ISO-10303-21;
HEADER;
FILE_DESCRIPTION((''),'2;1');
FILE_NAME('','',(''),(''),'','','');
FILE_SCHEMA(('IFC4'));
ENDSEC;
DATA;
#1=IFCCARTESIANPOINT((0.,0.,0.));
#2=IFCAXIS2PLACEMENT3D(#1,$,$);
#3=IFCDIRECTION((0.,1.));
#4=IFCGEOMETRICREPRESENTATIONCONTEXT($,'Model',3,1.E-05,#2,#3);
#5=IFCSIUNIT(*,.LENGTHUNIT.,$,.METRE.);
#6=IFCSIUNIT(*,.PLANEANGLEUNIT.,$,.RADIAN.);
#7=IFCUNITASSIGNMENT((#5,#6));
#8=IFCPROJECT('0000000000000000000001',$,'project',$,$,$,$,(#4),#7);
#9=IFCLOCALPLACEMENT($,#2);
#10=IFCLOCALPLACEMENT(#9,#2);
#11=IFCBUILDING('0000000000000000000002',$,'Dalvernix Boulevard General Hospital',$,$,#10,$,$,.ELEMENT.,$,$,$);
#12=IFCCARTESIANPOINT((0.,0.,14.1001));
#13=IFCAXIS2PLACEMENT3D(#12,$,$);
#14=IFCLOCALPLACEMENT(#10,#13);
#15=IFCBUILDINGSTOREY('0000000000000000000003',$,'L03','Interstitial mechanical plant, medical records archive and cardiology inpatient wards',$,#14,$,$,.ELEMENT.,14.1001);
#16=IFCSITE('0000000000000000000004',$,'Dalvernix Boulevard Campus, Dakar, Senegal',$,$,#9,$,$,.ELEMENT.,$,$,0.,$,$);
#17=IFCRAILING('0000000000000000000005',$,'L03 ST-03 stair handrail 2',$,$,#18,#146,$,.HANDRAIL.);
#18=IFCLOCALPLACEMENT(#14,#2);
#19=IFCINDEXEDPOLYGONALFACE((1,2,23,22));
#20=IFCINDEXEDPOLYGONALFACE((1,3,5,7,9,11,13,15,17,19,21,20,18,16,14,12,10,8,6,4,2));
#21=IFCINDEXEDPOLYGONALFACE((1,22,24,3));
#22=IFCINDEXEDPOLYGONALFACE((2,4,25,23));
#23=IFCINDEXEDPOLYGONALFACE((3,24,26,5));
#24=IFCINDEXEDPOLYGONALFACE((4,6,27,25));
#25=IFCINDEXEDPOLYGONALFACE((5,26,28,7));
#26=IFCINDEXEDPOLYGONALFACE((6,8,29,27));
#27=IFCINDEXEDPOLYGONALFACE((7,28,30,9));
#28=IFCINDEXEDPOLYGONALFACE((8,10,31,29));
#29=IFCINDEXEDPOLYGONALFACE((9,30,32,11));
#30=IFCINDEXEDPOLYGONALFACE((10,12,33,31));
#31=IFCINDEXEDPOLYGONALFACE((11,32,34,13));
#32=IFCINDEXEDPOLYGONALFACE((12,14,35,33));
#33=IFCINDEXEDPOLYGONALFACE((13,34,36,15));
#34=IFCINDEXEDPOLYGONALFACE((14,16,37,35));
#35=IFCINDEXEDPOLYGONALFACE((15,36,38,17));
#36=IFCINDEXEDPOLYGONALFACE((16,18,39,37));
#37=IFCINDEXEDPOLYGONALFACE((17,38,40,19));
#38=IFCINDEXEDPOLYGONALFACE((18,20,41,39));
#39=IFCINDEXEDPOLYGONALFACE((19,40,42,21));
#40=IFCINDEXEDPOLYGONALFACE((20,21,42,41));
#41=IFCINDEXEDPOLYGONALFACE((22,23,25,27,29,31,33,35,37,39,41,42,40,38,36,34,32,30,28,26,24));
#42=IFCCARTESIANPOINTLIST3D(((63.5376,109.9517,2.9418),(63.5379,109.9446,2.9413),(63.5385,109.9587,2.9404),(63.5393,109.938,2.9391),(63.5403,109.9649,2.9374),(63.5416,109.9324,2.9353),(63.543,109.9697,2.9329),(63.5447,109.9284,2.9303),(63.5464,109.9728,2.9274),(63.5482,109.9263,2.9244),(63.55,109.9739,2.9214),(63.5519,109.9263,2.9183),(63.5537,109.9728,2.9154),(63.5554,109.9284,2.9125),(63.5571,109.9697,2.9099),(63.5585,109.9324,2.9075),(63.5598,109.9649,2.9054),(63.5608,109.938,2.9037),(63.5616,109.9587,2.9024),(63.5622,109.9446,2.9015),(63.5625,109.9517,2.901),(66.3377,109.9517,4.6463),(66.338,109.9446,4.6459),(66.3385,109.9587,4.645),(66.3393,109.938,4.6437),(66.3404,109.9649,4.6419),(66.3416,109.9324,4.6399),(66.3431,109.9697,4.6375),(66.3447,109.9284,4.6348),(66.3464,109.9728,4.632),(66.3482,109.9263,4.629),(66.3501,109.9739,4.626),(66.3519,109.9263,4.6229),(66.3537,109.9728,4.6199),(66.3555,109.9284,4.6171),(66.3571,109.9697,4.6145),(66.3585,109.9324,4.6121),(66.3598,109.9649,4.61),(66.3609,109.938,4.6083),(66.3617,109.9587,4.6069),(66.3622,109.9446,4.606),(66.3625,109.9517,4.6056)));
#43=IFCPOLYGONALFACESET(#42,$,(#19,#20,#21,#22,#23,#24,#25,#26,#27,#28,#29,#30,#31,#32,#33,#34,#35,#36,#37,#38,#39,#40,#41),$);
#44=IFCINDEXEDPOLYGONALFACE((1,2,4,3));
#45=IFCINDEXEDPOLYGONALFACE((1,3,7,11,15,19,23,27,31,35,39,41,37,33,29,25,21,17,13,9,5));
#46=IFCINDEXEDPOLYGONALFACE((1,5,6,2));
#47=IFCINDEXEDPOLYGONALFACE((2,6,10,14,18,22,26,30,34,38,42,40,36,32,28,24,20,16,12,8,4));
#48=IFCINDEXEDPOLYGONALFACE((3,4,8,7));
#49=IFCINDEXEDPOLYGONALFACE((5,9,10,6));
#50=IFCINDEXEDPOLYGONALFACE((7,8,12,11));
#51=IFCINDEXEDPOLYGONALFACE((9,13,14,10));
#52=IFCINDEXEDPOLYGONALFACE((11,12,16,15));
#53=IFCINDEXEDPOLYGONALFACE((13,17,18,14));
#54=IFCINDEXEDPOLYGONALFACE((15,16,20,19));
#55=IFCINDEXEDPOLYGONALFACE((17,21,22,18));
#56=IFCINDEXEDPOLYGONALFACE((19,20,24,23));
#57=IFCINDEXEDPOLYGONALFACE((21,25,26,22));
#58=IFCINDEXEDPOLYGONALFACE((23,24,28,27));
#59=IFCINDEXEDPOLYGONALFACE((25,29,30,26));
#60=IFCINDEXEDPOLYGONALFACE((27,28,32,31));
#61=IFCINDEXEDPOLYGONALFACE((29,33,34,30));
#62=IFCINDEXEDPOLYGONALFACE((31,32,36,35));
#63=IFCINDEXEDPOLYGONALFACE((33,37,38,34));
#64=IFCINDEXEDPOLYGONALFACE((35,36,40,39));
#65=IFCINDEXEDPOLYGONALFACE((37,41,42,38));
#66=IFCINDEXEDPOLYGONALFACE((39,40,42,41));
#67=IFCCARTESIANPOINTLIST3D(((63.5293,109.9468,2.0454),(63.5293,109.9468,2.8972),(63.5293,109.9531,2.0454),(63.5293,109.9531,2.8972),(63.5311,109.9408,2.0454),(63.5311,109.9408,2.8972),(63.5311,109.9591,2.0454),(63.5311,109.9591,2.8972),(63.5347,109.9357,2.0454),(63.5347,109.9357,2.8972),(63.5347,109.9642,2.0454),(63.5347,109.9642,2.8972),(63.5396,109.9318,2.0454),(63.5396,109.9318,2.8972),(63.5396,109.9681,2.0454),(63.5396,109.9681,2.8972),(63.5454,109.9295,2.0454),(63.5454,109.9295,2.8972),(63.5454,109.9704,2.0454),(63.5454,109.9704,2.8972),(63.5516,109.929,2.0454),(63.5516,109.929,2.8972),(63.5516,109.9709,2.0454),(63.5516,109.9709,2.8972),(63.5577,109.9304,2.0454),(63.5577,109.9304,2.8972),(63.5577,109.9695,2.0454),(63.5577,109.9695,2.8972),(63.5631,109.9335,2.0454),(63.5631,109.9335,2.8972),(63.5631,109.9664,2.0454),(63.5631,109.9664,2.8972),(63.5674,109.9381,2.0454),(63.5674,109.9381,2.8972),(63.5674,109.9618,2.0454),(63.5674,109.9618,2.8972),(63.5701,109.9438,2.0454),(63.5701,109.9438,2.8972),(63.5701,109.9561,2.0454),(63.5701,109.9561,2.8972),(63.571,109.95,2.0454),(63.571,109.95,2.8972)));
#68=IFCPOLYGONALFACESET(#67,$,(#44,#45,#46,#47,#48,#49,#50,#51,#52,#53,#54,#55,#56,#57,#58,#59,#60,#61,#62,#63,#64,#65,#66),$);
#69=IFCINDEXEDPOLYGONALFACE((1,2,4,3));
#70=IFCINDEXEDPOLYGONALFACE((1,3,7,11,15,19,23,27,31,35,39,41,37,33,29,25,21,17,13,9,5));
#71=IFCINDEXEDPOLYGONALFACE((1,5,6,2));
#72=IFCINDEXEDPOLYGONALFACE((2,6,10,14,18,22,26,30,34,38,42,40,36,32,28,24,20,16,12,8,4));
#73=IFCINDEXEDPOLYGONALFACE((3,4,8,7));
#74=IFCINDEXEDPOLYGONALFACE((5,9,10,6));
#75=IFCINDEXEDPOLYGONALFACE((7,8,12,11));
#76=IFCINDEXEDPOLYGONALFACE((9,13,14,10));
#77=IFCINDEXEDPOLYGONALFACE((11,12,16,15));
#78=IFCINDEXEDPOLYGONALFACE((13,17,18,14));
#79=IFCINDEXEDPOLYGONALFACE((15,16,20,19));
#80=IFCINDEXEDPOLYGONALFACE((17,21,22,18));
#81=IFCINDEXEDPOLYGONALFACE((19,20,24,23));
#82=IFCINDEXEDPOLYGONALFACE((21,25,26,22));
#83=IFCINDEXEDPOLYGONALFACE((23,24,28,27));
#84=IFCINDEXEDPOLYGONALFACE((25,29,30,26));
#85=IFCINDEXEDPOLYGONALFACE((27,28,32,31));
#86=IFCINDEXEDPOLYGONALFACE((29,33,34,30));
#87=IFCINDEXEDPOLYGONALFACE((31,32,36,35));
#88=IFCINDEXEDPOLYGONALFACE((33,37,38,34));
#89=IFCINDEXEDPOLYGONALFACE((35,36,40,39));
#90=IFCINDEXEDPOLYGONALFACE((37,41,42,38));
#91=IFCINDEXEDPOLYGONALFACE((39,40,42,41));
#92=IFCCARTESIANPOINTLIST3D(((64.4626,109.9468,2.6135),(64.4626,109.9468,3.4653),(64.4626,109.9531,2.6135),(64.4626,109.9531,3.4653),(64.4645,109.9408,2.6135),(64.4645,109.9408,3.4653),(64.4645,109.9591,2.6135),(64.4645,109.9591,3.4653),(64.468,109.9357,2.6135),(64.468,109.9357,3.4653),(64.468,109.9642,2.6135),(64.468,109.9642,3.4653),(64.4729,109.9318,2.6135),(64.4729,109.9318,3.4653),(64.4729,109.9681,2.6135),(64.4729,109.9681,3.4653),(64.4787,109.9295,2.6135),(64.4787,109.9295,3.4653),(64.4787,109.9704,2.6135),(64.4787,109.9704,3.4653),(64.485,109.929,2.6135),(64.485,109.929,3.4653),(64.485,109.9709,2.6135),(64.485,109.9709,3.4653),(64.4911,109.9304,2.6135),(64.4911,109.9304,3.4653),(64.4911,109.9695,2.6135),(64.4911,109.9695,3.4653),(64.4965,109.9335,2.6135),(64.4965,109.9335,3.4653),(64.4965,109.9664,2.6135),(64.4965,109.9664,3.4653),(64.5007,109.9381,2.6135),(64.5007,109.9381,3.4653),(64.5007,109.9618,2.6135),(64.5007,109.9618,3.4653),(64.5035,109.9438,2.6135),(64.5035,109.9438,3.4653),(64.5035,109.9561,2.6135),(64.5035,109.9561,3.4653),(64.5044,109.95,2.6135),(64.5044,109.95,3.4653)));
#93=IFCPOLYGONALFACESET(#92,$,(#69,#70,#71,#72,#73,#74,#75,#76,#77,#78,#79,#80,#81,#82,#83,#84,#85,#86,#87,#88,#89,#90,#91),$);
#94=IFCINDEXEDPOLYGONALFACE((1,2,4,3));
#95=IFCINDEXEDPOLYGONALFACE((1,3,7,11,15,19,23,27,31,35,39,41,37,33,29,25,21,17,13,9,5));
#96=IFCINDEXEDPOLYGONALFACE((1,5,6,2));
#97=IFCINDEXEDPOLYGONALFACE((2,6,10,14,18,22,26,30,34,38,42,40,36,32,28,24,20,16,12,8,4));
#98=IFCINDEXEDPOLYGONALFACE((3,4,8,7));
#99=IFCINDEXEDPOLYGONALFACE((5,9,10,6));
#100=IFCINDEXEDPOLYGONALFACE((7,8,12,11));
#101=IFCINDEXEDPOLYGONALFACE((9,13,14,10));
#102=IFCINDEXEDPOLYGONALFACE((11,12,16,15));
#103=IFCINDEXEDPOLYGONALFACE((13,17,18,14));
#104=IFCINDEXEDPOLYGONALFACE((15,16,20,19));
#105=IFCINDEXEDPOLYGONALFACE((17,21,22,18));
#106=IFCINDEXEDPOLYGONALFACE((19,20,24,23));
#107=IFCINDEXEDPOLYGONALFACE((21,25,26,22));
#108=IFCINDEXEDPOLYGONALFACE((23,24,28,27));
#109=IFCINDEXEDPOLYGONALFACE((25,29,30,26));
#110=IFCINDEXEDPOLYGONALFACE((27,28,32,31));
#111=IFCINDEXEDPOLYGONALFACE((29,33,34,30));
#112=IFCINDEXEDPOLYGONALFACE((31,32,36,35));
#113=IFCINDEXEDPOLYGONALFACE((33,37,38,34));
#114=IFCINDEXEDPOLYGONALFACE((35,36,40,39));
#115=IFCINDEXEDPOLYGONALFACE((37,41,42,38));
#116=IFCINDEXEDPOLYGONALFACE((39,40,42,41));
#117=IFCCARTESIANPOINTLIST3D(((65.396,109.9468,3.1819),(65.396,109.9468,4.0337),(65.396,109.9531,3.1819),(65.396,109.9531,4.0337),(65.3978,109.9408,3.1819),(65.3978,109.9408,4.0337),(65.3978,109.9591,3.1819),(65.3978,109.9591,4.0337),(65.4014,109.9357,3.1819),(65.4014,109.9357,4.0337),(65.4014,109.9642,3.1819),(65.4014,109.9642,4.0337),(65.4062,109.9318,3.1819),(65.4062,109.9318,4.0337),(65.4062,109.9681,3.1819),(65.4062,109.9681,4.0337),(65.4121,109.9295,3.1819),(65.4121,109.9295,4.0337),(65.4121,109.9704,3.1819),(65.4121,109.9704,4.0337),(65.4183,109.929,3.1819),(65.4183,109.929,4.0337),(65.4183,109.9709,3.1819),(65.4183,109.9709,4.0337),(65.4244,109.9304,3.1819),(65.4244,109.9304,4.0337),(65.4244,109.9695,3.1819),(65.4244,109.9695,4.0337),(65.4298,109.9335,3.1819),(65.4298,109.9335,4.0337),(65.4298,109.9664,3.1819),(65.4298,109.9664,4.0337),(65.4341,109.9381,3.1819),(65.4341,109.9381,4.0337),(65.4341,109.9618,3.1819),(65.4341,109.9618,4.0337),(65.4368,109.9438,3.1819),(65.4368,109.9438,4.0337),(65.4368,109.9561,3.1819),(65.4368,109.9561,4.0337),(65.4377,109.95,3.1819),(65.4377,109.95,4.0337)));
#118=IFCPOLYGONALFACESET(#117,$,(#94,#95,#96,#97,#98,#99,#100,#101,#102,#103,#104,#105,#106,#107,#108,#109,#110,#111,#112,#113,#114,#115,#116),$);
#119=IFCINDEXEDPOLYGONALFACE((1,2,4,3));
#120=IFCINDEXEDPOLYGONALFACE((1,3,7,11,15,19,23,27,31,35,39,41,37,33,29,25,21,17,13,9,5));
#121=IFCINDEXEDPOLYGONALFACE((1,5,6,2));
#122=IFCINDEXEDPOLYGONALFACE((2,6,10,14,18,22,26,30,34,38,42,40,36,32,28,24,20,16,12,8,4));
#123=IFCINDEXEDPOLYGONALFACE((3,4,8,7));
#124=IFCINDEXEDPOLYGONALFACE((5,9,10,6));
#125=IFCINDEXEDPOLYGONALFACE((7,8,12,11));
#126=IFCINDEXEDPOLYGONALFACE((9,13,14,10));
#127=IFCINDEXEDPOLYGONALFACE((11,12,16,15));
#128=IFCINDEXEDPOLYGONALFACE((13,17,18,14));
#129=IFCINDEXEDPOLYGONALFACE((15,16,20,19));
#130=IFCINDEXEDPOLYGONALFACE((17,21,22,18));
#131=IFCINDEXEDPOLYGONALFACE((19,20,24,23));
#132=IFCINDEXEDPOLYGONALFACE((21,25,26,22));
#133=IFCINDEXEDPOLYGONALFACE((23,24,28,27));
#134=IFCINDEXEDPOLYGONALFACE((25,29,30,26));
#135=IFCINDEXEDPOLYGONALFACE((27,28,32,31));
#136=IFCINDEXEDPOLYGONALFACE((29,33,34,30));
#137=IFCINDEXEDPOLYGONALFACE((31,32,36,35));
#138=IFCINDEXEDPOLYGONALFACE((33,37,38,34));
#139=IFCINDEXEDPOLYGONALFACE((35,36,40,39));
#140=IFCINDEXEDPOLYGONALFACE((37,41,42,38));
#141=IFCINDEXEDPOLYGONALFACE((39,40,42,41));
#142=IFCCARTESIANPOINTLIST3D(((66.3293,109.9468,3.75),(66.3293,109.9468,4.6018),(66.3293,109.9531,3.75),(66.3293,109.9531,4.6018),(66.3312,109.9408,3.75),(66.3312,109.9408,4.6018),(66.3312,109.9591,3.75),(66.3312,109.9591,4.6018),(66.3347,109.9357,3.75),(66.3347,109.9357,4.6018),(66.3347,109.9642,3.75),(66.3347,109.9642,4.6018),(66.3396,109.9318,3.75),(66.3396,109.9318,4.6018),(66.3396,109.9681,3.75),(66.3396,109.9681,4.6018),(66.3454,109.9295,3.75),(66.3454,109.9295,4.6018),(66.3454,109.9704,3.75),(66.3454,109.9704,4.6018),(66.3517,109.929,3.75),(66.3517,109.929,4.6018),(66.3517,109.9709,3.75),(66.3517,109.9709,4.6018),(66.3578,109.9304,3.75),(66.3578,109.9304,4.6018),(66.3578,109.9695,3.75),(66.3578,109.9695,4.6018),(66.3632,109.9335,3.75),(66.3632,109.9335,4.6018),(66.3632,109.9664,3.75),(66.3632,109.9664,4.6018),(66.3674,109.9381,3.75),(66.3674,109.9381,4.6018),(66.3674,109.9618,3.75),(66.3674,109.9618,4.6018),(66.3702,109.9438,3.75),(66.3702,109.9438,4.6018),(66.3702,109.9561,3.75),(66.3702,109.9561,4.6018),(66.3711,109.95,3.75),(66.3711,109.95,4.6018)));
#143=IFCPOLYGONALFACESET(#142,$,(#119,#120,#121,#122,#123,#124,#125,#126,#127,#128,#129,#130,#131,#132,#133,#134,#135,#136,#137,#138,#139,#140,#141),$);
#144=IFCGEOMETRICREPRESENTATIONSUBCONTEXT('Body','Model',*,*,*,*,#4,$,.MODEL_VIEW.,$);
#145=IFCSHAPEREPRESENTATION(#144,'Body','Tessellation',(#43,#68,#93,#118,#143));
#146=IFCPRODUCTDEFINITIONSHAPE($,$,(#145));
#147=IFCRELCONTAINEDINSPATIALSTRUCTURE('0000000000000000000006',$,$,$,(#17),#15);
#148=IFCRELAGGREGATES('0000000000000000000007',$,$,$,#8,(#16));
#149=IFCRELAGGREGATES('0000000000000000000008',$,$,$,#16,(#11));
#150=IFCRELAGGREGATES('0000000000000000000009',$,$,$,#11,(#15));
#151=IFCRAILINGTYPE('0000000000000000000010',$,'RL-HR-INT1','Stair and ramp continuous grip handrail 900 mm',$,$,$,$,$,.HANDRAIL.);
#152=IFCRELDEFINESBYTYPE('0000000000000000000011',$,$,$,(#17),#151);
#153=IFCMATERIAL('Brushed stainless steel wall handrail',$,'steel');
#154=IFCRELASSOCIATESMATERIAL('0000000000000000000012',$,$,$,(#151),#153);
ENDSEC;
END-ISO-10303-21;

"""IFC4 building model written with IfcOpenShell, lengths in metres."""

from ifc_helpers import new_model, si_unit, direction, frame, origin, origin_2d, place, context, subcontext, project, spatial, circle, extrude, material, type_object, element, save


model = new_model("IFC4")

# Units and contexts
model_context = context("Model", 3, precision=1e-05, world=origin(), true_north=direction((0.0, 1.0)))
body_context = subcontext(model_context, "Body", "Model", "MODEL_VIEW")
ifc_project = project(units=[si_unit("LENGTHUNIT", "METRE"), si_unit("PLANEANGLEUNIT", "RADIAN")], contexts=[model_context])

# Site, building, storey
site_placement = place(None, origin())
site = spatial("IfcSite", under=ifc_project, at=site_placement, Name="Dalvernix Boulevard Campus, Dakar, Senegal", CompositionType="ELEMENT", RefElevation=0.0)
building_placement = place(site_placement, origin())
building = spatial("IfcBuilding", under=site, at=building_placement, Name="Dalvernix Boulevard General Hospital", CompositionType="ELEMENT")
storey_placement = place(building_placement, frame((0.0, 0.0, 14.1001)))
storey = spatial("IfcBuildingStorey", under=building, at=storey_placement, Name="L03", Description="Interstitial mechanical plant, medical records archive and cardiology inpatient wards", CompositionType="ELEMENT", Elevation=14.1001)

# Railing
ifc_material_1 = material(Name="Brushed stainless steel wall handrail", Category="steel")
railing_type_1 = type_object("IfcRailingType", Name="RL-HR-INT1", Description="Stair and ramp continuous grip handrail 900 mm", PredefinedType="HANDRAIL", material=ifc_material_1)
railing_1_placement = place(storey_placement, frame((63.55, 109.95, 2.0454)))
element("IfcRailing", 1, at=railing_1_placement, inside=storey, type_object=railing_type_1, Name="L03 ST-03 stair handrail 2", PredefinedType="HANDRAIL", context=body_context, shape_type="SweptSolid", body=[
    extrude(circle(Radius=0.0239, at=origin_2d()), frame((0.0, 0.0, 0.876), z_axis=(0.85417, 0.0, 0.519994), x_axis=(0.0, 1.0, 0.0)), (0.0, 0.0, 1.0), 3.2781),
    extrude(circle(Radius=0.021, at=origin_2d()), origin(), (0.0, 0.0, 1.0), 0.8518),
    extrude(circle(Radius=0.021, at=origin_2d()), frame((0.9333, 0.0, 0.5681)), (0.0, 0.0, 1.0), 0.8518),
    extrude(circle(Radius=0.021, at=origin_2d()), frame((1.8667, 0.0, 1.1365)), (0.0, 0.0, 1.0), 0.8518),
    extrude(circle(Radius=0.021, at=origin_2d()), frame((2.8, 0.0, 1.7046)), (0.0, 0.0, 1.0), 0.8518),
])

save(model, "model.ifc")
